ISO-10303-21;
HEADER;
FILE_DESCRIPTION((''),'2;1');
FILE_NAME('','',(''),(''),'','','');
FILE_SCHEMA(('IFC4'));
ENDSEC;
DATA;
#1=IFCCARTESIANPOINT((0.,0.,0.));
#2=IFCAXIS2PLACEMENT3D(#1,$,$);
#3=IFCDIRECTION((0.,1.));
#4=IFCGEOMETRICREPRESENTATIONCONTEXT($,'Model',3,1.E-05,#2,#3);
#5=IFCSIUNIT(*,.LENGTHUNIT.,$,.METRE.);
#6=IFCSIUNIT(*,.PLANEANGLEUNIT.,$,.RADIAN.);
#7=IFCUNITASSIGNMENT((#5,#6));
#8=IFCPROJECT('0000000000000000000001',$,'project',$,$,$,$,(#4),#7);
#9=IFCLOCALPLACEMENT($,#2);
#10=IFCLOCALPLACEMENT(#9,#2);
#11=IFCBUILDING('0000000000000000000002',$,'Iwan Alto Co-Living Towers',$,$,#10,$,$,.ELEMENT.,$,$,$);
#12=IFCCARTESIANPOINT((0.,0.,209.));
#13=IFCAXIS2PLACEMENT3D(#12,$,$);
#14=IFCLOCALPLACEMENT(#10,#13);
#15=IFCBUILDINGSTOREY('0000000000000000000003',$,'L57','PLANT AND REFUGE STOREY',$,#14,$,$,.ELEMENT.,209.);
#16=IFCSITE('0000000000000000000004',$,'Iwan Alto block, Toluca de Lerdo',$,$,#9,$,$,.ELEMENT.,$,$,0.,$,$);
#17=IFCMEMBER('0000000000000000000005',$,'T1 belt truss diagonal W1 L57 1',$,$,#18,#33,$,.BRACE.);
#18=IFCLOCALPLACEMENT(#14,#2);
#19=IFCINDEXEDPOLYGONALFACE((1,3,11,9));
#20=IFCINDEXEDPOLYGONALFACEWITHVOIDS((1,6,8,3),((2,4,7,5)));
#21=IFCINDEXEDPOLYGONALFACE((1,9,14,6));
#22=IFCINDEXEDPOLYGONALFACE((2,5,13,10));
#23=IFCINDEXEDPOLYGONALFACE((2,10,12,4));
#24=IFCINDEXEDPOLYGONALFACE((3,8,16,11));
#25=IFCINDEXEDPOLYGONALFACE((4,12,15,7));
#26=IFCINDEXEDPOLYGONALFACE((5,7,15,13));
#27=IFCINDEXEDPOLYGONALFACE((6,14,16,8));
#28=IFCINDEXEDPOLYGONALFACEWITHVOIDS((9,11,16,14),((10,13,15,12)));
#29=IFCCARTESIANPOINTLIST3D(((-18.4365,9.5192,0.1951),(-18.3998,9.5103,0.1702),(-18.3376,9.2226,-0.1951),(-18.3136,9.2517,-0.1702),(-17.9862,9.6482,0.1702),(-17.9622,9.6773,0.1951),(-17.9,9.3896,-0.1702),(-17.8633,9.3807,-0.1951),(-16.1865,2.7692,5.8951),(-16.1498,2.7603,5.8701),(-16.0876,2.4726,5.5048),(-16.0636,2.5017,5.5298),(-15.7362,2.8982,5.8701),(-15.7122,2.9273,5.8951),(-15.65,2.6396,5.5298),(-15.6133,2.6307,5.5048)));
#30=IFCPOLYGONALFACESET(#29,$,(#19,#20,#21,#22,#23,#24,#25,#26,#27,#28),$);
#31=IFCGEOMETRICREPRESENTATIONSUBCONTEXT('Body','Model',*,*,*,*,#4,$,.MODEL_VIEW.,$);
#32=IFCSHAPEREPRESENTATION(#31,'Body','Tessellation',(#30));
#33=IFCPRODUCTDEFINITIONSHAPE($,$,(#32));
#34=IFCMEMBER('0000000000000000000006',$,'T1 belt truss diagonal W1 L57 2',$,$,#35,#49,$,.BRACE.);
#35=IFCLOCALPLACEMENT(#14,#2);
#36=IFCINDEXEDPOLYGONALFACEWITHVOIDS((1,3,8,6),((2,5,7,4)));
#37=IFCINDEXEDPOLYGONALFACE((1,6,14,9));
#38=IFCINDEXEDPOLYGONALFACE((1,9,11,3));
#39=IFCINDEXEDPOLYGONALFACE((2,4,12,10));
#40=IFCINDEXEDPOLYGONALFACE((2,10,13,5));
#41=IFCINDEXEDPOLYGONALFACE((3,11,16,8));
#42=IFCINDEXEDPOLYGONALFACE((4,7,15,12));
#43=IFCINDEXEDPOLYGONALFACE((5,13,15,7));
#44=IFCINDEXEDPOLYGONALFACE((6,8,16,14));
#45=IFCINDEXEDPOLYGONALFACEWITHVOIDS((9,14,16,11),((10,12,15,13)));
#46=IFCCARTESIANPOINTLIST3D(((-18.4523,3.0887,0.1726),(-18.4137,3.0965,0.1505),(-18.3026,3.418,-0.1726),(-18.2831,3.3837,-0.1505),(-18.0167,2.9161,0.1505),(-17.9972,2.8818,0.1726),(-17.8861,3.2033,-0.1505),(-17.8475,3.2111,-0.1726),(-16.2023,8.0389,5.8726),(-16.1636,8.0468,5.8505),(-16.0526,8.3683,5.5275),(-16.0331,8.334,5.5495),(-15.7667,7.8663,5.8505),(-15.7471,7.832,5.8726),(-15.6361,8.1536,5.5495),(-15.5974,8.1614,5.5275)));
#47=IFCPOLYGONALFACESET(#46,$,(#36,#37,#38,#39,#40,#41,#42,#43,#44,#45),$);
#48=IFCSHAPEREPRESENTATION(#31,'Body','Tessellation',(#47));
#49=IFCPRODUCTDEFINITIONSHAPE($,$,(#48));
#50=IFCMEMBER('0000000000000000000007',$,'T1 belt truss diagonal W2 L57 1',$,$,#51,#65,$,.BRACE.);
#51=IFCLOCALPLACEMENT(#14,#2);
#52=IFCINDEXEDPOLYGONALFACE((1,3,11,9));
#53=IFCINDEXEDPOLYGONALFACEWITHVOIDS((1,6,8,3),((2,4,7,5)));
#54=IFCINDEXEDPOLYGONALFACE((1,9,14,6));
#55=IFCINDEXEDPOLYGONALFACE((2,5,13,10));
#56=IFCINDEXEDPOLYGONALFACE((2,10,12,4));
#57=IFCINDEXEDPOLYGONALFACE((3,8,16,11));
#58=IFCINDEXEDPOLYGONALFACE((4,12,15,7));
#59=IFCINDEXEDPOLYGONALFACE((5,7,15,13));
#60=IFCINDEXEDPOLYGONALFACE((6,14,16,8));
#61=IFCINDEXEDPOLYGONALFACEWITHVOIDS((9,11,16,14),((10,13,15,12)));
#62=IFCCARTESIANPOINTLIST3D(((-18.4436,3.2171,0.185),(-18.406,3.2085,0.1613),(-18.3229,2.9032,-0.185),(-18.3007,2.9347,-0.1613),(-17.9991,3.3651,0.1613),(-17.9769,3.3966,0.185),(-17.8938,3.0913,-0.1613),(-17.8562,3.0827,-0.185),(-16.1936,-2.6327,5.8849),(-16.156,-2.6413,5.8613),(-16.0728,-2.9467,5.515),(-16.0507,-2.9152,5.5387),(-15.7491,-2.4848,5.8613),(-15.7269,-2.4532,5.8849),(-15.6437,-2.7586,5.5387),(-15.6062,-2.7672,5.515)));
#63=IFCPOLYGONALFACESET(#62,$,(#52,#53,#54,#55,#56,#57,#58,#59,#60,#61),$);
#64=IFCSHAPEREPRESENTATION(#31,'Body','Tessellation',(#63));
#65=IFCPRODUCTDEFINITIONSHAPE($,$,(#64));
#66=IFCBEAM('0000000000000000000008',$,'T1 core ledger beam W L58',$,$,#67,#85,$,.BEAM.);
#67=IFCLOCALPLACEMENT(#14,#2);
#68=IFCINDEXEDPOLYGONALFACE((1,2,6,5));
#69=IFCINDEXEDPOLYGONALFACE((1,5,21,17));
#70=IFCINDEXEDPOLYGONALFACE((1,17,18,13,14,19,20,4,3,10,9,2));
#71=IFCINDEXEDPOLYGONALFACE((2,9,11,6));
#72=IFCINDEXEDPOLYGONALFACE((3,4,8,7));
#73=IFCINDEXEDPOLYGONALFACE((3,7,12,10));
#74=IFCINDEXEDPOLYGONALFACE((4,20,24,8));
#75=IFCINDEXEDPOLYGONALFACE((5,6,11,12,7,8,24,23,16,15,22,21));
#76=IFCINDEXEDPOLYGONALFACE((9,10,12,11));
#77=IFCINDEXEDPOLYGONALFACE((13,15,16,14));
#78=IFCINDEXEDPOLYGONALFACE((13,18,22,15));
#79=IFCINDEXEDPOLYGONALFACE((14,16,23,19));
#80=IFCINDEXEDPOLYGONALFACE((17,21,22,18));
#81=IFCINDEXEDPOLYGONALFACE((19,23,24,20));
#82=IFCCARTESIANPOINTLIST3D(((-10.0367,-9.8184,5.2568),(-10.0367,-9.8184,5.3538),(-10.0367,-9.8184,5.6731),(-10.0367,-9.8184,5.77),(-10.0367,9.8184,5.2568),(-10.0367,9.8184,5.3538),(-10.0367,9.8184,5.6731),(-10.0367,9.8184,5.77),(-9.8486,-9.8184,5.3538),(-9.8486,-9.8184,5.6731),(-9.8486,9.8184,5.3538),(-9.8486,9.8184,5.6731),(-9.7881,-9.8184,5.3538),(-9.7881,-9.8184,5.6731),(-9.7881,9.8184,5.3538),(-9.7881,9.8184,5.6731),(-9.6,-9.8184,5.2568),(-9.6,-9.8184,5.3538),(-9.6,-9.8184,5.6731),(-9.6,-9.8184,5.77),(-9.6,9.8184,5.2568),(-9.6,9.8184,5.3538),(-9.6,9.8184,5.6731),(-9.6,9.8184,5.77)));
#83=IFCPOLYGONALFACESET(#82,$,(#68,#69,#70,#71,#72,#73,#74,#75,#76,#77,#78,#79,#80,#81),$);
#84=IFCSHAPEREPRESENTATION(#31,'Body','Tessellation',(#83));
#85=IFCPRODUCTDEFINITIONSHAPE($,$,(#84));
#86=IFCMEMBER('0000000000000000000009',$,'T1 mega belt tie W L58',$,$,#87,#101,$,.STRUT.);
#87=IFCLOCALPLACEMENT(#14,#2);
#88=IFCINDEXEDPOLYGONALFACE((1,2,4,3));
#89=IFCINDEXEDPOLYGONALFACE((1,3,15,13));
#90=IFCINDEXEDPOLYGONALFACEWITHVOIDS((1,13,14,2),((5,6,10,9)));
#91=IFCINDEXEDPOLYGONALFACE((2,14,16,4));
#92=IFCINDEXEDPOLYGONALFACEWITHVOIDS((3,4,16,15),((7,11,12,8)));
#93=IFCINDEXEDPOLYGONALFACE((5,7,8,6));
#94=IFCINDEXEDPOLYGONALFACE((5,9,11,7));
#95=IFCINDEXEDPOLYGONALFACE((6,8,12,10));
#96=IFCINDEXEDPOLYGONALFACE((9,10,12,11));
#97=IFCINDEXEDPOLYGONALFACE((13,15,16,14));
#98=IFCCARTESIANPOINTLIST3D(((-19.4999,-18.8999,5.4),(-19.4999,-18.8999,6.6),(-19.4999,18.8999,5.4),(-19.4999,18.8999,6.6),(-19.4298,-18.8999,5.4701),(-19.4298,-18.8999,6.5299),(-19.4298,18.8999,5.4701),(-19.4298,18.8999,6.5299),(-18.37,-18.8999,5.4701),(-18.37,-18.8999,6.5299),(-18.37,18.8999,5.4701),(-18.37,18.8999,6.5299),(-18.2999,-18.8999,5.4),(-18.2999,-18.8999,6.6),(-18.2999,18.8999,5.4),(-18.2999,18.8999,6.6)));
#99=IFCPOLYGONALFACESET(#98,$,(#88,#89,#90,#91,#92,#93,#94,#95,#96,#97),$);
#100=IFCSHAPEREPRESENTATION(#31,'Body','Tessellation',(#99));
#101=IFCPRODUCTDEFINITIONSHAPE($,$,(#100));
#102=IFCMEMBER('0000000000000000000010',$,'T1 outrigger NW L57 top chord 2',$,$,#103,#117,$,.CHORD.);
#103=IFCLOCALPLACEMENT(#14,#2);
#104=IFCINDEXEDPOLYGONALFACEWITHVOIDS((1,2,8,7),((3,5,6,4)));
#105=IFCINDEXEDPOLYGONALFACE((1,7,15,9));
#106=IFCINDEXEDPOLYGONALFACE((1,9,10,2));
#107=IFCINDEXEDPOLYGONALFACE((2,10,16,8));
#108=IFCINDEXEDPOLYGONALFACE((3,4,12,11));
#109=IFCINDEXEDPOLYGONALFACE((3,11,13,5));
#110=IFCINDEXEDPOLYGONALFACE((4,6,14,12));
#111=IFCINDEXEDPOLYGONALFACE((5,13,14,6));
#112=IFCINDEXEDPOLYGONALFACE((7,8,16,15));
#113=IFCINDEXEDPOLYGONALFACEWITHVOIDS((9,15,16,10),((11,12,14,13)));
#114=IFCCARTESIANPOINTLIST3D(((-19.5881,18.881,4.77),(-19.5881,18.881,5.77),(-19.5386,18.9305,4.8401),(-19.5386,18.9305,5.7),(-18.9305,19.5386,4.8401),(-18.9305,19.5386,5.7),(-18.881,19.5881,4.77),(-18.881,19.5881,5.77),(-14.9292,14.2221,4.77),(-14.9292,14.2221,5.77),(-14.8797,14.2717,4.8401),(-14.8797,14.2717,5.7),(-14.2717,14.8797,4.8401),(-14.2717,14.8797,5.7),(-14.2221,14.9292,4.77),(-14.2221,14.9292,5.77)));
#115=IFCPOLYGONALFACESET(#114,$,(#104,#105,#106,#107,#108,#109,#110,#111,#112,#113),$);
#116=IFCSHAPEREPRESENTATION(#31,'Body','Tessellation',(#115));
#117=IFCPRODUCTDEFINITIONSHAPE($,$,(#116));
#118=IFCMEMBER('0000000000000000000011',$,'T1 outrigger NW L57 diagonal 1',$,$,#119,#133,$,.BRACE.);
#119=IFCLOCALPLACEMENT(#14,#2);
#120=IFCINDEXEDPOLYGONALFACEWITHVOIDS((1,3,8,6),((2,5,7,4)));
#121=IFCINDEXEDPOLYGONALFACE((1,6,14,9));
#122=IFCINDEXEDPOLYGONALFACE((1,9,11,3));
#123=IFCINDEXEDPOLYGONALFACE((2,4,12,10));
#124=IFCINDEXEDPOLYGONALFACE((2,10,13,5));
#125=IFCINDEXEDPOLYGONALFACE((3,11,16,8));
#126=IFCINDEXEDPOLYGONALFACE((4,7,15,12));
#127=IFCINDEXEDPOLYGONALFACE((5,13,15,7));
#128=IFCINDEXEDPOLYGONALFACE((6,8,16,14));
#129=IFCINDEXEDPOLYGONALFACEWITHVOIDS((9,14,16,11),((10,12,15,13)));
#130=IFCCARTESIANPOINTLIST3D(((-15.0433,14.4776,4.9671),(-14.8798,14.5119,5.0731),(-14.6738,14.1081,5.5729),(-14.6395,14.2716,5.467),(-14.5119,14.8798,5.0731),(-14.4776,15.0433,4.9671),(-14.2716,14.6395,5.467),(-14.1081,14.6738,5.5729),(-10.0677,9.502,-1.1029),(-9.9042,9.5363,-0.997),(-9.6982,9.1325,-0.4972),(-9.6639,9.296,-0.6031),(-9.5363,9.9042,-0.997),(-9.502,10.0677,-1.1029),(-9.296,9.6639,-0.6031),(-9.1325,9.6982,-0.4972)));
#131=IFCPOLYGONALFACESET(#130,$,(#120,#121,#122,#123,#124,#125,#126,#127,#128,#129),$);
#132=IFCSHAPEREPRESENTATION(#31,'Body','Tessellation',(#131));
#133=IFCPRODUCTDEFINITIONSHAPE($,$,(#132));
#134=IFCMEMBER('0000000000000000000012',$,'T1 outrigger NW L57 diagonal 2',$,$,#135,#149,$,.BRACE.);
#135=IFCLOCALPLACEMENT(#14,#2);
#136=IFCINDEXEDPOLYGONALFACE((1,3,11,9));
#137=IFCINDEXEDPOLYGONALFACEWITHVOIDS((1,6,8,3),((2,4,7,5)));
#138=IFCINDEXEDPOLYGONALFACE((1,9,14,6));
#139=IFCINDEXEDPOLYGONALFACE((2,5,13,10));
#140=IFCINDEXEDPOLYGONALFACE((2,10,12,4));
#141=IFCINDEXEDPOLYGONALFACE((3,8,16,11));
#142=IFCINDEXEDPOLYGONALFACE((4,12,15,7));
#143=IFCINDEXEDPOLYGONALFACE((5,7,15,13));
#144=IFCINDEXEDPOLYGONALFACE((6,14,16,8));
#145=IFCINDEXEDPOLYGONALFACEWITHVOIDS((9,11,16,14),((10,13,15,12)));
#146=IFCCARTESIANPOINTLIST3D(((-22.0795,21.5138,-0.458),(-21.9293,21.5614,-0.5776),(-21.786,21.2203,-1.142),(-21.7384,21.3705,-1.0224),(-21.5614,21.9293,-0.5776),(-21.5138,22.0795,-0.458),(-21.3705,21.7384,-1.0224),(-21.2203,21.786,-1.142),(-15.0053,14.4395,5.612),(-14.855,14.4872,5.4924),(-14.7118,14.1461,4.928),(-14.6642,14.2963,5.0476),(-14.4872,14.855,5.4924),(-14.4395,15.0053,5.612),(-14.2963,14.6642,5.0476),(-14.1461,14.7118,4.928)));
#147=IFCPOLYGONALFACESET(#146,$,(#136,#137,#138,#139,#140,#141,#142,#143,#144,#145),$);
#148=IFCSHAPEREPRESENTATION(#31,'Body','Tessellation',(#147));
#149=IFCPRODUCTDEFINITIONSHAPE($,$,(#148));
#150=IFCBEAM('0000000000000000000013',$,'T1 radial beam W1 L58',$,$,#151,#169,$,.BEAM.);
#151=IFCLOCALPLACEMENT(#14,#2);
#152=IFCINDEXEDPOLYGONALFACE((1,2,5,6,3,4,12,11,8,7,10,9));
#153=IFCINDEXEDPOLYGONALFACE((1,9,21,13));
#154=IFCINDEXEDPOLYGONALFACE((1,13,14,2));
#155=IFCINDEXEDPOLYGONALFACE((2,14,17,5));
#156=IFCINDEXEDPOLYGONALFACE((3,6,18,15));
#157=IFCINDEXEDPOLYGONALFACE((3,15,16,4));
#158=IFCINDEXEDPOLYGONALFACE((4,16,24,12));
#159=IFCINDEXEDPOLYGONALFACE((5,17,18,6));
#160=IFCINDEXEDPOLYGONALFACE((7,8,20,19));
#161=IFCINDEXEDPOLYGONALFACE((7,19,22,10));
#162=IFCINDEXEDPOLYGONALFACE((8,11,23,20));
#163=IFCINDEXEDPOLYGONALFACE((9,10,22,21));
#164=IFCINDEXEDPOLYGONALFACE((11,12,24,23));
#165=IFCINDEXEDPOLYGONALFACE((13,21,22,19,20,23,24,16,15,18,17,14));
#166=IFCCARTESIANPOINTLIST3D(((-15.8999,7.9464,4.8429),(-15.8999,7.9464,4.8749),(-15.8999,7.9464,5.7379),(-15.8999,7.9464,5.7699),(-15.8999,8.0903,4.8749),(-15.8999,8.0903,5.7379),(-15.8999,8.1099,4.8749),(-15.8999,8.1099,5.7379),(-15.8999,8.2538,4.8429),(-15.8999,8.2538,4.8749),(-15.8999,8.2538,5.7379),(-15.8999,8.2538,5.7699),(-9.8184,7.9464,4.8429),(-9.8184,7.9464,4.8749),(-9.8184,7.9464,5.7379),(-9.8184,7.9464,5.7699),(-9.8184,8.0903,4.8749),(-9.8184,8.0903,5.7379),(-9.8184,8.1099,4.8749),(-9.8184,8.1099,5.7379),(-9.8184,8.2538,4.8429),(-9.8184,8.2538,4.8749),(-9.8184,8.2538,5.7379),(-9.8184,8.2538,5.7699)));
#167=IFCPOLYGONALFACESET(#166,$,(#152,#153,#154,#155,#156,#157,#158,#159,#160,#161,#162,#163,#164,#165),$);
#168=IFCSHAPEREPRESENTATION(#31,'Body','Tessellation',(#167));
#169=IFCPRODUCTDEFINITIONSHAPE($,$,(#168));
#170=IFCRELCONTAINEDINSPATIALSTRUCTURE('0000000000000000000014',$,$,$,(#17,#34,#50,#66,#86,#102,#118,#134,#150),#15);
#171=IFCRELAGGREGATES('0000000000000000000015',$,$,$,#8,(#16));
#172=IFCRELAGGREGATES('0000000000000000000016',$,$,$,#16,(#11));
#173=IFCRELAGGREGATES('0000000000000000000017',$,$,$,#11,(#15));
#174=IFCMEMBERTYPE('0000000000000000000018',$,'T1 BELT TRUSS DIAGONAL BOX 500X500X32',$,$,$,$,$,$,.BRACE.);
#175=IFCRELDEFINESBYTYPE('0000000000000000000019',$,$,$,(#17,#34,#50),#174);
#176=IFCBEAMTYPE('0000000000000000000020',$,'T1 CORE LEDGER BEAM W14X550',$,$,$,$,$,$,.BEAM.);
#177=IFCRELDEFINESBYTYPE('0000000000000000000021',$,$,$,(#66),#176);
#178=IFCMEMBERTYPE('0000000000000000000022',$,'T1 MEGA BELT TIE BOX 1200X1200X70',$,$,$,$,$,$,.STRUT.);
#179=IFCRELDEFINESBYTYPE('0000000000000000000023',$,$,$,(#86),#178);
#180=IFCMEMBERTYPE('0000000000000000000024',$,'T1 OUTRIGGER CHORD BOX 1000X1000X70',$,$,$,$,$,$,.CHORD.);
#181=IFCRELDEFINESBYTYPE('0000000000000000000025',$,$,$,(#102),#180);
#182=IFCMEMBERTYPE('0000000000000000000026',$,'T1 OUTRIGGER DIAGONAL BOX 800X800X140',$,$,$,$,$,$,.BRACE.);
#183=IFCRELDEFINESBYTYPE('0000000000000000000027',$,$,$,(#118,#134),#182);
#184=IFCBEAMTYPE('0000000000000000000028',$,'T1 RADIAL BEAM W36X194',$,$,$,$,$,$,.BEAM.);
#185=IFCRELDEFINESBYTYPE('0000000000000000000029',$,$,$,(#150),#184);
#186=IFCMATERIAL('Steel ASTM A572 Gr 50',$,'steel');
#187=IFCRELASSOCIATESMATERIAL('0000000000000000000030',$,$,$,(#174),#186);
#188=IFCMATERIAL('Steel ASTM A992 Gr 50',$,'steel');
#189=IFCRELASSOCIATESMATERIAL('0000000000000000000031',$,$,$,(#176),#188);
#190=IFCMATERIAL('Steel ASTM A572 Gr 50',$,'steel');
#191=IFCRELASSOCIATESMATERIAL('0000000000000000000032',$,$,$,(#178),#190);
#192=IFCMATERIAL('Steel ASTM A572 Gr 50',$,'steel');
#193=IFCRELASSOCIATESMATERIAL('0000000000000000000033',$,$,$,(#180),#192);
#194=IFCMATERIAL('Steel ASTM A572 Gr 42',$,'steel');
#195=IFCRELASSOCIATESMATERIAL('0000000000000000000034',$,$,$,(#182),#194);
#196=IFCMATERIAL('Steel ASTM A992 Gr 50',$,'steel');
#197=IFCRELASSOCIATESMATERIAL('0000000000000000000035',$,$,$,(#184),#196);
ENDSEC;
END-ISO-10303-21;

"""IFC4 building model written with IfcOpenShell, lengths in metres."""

from ifc_helpers import new_model, si_unit, direction, frame, origin, origin_2d, place, context, subcontext, project, spatial, hollow_rectangle, i_section, extrude, material, material_profile, profile_set, type_object, element, save


model = new_model("IFC4")

# Units and contexts
model_context = context("Model", 3, precision=1e-05, world=origin(), true_north=direction((0.0, 1.0)))
body_context = subcontext(model_context, "Body", "Model", "MODEL_VIEW")
ifc_project = project(units=[si_unit("LENGTHUNIT", "METRE"), si_unit("PLANEANGLEUNIT", "RADIAN")], contexts=[model_context])

# Site, building, storey
site_placement = place(None, origin())
site = spatial("IfcSite", under=ifc_project, at=site_placement, Name="Iwan Alto block, Toluca de Lerdo", CompositionType="ELEMENT", RefElevation=0.0)
building_placement = place(site_placement, origin())
building = spatial("IfcBuilding", under=site, at=building_placement, Name="Iwan Alto Co-Living Towers", CompositionType="ELEMENT")
storey_placement = place(building_placement, frame((0.0, 0.0, 209.0)))
storey = spatial("IfcBuildingStorey", under=building, at=storey_placement, Name="L57", Description="PLANT AND REFUGE STOREY", CompositionType="ELEMENT", Elevation=209.0)

# Members
ifc_material_1 = material(Name="Steel ASTM A572 Gr 50", Category="steel")
ifc_material_profile_1 = material_profile(ifc_material_1, hollow_rectangle(XDim=0.5, YDim=0.5, WallThickness=0.032, at=origin_2d()), Name="BOX 500X500X32")
ifc_profile_set_1 = profile_set([ifc_material_profile_1], Name="Steel ASTM A572 Gr 50")
member_type_1 = type_object("IfcMemberType", Name="T1 BELT TRUSS DIAGONAL BOX 500X500X32", PredefinedType="BRACE", material=ifc_profile_set_1)
member_1_placement = place(storey_placement, frame((-18.1499, 9.45, 0.0), z_axis=(0.246799, -0.740398, 0.62522), x_axis=(0.948683, 0.316228, 0.0)))
element("IfcMember", 1, at=member_1_placement, inside=storey, type_object=member_type_1, Name="T1 belt truss diagonal W1 L57 1", PredefinedType="BRACE", context=body_context, shape_type="SweptSolid", body=[
    extrude(hollow_rectangle(XDim=0.5, YDim=0.5, WallThickness=0.032, at=origin_2d()), origin(), (0.0, 0.0, 1.0), 9.1167),
])
member_2_placement = place(storey_placement, frame((-18.1499, 3.1499, 0.0), z_axis=(0.28562, 0.62839, 0.723566), x_axis=(-0.910373, 0.413789, 0.0)))
element("IfcMember", 2, at=member_2_placement, inside=storey, type_object=member_type_1, Name="T1 belt truss diagonal W1 L57 2", PredefinedType="BRACE", context=body_context, shape_type="SweptSolid", body=[
    extrude(hollow_rectangle(XDim=0.5, YDim=0.5, WallThickness=0.032, at=origin_2d()), origin(), (0.0, 0.0, 1.0), 7.8777),
])
member_3_placement = place(storey_placement, frame((-18.1499, 3.1499, 0.0), z_axis=(0.265585, -0.690503, 0.672808), x_axis=(0.933343, 0.358987, 0.0)))
element("IfcMember", 3, at=member_3_placement, inside=storey, type_object=member_type_1, Name="T1 belt truss diagonal W2 L57 1", PredefinedType="BRACE", context=body_context, shape_type="SweptSolid", body=[
    extrude(hollow_rectangle(XDim=0.5, YDim=0.5, WallThickness=0.032, at=origin_2d()), origin(), (0.0, 0.0, 1.0), 8.4719),
])

# Beam
ifc_material_2 = material(Name="Steel ASTM A992 Gr 50", Category="steel")
ifc_material_profile_2 = material_profile(ifc_material_2, i_section(OverallWidth=0.4368, OverallDepth=0.5132, WebThickness=0.0605, FlangeThickness=0.0969, at=origin_2d()), Name="W14X550")
ifc_profile_set_2 = profile_set([ifc_material_profile_2], Name="Steel ASTM A992 Gr 50")
beam_type_1 = type_object("IfcBeamType", Name="T1 CORE LEDGER BEAM W14X550", PredefinedType="BEAM", material=ifc_profile_set_2)
beam_1_placement = place(storey_placement, frame((-9.8184, 9.8184, 5.5134), z_axis=(0.0, -1.0, 0.0), x_axis=(1.0, 0.0, 0.0)))
element("IfcBeam", 4, at=beam_1_placement, inside=storey, type_object=beam_type_1, Name="T1 core ledger beam W L58", PredefinedType="BEAM", context=body_context, shape_type="SweptSolid", body=[
    extrude(i_section(OverallWidth=0.4368, OverallDepth=0.5132, WebThickness=0.0605, FlangeThickness=0.0969, at=origin_2d()), origin(), (0.0, 0.0, 1.0), 19.6367),
])

# Members
ifc_material_3 = material(Name="Steel ASTM A572 Gr 50", Category="steel")
ifc_material_profile_3 = material_profile(ifc_material_3, hollow_rectangle(XDim=1.2, YDim=1.2, WallThickness=0.0701, at=origin_2d()), Name="BOX 1200X1200X70")
ifc_profile_set_3 = profile_set([ifc_material_profile_3], Name="Steel ASTM A572 Gr 50")
member_type_2 = type_object("IfcMemberType", Name="T1 MEGA BELT TIE BOX 1200X1200X70", PredefinedType="STRUT", material=ifc_profile_set_3)
member_4_placement = place(storey_placement, frame((-18.8999, 18.8999, 6.0), z_axis=(0.0, -1.0, 0.0), x_axis=(1.0, 0.0, 0.0)))
element("IfcMember", 5, at=member_4_placement, inside=storey, type_object=member_type_2, Name="T1 mega belt tie W L58", PredefinedType="STRUT", context=body_context, shape_type="SweptSolid", body=[
    extrude(hollow_rectangle(XDim=1.2, YDim=1.2, WallThickness=0.0701, at=origin_2d()), origin(), (0.0, 0.0, 1.0), 37.7998),
])
ifc_material_4 = material(Name="Steel ASTM A572 Gr 50", Category="steel")
ifc_material_profile_4 = material_profile(ifc_material_4, hollow_rectangle(XDim=1.0, YDim=1.0, WallThickness=0.0701, at=origin_2d()), Name="BOX 1000X1000X70")
ifc_profile_set_4 = profile_set([ifc_material_profile_4], Name="Steel ASTM A572 Gr 50")
member_type_3 = type_object("IfcMemberType", Name="T1 OUTRIGGER CHORD BOX 1000X1000X70", PredefinedType="CHORD", material=ifc_profile_set_4)
member_5_placement = place(storey_placement, frame((-14.5757, 14.5757, 5.27), z_axis=(-0.707107, 0.707107, 0.0), x_axis=(-0.707107, -0.707107, 0.0)))
element("IfcMember", 6, at=member_5_placement, inside=storey, type_object=member_type_3, Name="T1 outrigger NW L57 top chord 2", PredefinedType="CHORD", context=body_context, shape_type="SweptSolid", body=[
    extrude(hollow_rectangle(XDim=1.0, YDim=1.0, WallThickness=0.0701, at=origin_2d()), origin(), (0.0, 0.0, 1.0), 6.5886),
])
ifc_material_5 = material(Name="Steel ASTM A572 Gr 42", Category="steel")
ifc_material_profile_5 = material_profile(ifc_material_5, hollow_rectangle(XDim=0.8, YDim=0.8, WallThickness=0.1399, at=origin_2d()), Name="BOX 800X800X140")
ifc_profile_set_5 = profile_set([ifc_material_profile_5], Name="Steel ASTM A572 Gr 42")
member_type_4 = type_object("IfcMemberType", Name="T1 OUTRIGGER DIAGONAL BOX 800X800X140", PredefinedType="BRACE", material=ifc_profile_set_5)
member_6_placement = place(storey_placement, frame((-9.6001, 9.6001, -0.8), z_axis=(-0.535416, 0.535416, 0.653192), x_axis=(-0.707107, -0.707107, 0.0)))
element("IfcMember", 7, at=member_6_placement, inside=storey, type_object=member_type_4, Name="T1 outrigger NW L57 diagonal 1", PredefinedType="BRACE", context=body_context, shape_type="SweptSolid", body=[
    extrude(hollow_rectangle(XDim=0.8, YDim=0.8, WallThickness=0.1399, at=origin_2d()), origin(), (0.0, 0.0, 1.0), 9.293),
])
member_7_placement = place(storey_placement, frame((-14.5757, 14.5757, 5.27), z_axis=(-0.604535, 0.604535, -0.518724), x_axis=(-0.707107, -0.707107, 0.0)))
element("IfcMember", 8, at=member_7_placement, inside=storey, type_object=member_type_4, Name="T1 outrigger NW L57 diagonal 2", PredefinedType="BRACE", context=body_context, shape_type="SweptSolid", body=[
    extrude(hollow_rectangle(XDim=0.8, YDim=0.8, WallThickness=0.1399, at=origin_2d()), origin(), (0.0, 0.0, 1.0), 11.7019),
])

# Beam
ifc_material_6 = material(Name="Steel ASTM A992 Gr 50", Category="steel")
ifc_material_profile_6 = material_profile(ifc_material_6, i_section(OverallWidth=0.3074, OverallDepth=0.927, WebThickness=0.0195, FlangeThickness=0.032, at=origin_2d()), Name="W36X194")
ifc_profile_set_6 = profile_set([ifc_material_profile_6], Name="Steel ASTM A992 Gr 50")
beam_type_2 = type_object("IfcBeamType", Name="T1 RADIAL BEAM W36X194", PredefinedType="BEAM", material=ifc_profile_set_6)
for number, where, z_axis, x_axis, name in (
    (9, (-15.8999, 8.1001, 5.3064), (1.0, 0.0, 0.0), (0.0, 1.0, 0.0), "T1 radial beam W1 L58"),
):
    element("IfcBeam", number, at=place(storey_placement, frame(where, z_axis=z_axis, x_axis=x_axis)), inside=storey, type_object=beam_type_2, Name=name, PredefinedType="BEAM", context=body_context, shape_type="SweptSolid", body=[
        extrude(i_section(OverallWidth=0.3074, OverallDepth=0.927, WebThickness=0.0195, FlangeThickness=0.032, at=origin_2d()), origin(), (0.0, 0.0, 1.0), 6.0815),
    ])

save(model, "model.ifc")
